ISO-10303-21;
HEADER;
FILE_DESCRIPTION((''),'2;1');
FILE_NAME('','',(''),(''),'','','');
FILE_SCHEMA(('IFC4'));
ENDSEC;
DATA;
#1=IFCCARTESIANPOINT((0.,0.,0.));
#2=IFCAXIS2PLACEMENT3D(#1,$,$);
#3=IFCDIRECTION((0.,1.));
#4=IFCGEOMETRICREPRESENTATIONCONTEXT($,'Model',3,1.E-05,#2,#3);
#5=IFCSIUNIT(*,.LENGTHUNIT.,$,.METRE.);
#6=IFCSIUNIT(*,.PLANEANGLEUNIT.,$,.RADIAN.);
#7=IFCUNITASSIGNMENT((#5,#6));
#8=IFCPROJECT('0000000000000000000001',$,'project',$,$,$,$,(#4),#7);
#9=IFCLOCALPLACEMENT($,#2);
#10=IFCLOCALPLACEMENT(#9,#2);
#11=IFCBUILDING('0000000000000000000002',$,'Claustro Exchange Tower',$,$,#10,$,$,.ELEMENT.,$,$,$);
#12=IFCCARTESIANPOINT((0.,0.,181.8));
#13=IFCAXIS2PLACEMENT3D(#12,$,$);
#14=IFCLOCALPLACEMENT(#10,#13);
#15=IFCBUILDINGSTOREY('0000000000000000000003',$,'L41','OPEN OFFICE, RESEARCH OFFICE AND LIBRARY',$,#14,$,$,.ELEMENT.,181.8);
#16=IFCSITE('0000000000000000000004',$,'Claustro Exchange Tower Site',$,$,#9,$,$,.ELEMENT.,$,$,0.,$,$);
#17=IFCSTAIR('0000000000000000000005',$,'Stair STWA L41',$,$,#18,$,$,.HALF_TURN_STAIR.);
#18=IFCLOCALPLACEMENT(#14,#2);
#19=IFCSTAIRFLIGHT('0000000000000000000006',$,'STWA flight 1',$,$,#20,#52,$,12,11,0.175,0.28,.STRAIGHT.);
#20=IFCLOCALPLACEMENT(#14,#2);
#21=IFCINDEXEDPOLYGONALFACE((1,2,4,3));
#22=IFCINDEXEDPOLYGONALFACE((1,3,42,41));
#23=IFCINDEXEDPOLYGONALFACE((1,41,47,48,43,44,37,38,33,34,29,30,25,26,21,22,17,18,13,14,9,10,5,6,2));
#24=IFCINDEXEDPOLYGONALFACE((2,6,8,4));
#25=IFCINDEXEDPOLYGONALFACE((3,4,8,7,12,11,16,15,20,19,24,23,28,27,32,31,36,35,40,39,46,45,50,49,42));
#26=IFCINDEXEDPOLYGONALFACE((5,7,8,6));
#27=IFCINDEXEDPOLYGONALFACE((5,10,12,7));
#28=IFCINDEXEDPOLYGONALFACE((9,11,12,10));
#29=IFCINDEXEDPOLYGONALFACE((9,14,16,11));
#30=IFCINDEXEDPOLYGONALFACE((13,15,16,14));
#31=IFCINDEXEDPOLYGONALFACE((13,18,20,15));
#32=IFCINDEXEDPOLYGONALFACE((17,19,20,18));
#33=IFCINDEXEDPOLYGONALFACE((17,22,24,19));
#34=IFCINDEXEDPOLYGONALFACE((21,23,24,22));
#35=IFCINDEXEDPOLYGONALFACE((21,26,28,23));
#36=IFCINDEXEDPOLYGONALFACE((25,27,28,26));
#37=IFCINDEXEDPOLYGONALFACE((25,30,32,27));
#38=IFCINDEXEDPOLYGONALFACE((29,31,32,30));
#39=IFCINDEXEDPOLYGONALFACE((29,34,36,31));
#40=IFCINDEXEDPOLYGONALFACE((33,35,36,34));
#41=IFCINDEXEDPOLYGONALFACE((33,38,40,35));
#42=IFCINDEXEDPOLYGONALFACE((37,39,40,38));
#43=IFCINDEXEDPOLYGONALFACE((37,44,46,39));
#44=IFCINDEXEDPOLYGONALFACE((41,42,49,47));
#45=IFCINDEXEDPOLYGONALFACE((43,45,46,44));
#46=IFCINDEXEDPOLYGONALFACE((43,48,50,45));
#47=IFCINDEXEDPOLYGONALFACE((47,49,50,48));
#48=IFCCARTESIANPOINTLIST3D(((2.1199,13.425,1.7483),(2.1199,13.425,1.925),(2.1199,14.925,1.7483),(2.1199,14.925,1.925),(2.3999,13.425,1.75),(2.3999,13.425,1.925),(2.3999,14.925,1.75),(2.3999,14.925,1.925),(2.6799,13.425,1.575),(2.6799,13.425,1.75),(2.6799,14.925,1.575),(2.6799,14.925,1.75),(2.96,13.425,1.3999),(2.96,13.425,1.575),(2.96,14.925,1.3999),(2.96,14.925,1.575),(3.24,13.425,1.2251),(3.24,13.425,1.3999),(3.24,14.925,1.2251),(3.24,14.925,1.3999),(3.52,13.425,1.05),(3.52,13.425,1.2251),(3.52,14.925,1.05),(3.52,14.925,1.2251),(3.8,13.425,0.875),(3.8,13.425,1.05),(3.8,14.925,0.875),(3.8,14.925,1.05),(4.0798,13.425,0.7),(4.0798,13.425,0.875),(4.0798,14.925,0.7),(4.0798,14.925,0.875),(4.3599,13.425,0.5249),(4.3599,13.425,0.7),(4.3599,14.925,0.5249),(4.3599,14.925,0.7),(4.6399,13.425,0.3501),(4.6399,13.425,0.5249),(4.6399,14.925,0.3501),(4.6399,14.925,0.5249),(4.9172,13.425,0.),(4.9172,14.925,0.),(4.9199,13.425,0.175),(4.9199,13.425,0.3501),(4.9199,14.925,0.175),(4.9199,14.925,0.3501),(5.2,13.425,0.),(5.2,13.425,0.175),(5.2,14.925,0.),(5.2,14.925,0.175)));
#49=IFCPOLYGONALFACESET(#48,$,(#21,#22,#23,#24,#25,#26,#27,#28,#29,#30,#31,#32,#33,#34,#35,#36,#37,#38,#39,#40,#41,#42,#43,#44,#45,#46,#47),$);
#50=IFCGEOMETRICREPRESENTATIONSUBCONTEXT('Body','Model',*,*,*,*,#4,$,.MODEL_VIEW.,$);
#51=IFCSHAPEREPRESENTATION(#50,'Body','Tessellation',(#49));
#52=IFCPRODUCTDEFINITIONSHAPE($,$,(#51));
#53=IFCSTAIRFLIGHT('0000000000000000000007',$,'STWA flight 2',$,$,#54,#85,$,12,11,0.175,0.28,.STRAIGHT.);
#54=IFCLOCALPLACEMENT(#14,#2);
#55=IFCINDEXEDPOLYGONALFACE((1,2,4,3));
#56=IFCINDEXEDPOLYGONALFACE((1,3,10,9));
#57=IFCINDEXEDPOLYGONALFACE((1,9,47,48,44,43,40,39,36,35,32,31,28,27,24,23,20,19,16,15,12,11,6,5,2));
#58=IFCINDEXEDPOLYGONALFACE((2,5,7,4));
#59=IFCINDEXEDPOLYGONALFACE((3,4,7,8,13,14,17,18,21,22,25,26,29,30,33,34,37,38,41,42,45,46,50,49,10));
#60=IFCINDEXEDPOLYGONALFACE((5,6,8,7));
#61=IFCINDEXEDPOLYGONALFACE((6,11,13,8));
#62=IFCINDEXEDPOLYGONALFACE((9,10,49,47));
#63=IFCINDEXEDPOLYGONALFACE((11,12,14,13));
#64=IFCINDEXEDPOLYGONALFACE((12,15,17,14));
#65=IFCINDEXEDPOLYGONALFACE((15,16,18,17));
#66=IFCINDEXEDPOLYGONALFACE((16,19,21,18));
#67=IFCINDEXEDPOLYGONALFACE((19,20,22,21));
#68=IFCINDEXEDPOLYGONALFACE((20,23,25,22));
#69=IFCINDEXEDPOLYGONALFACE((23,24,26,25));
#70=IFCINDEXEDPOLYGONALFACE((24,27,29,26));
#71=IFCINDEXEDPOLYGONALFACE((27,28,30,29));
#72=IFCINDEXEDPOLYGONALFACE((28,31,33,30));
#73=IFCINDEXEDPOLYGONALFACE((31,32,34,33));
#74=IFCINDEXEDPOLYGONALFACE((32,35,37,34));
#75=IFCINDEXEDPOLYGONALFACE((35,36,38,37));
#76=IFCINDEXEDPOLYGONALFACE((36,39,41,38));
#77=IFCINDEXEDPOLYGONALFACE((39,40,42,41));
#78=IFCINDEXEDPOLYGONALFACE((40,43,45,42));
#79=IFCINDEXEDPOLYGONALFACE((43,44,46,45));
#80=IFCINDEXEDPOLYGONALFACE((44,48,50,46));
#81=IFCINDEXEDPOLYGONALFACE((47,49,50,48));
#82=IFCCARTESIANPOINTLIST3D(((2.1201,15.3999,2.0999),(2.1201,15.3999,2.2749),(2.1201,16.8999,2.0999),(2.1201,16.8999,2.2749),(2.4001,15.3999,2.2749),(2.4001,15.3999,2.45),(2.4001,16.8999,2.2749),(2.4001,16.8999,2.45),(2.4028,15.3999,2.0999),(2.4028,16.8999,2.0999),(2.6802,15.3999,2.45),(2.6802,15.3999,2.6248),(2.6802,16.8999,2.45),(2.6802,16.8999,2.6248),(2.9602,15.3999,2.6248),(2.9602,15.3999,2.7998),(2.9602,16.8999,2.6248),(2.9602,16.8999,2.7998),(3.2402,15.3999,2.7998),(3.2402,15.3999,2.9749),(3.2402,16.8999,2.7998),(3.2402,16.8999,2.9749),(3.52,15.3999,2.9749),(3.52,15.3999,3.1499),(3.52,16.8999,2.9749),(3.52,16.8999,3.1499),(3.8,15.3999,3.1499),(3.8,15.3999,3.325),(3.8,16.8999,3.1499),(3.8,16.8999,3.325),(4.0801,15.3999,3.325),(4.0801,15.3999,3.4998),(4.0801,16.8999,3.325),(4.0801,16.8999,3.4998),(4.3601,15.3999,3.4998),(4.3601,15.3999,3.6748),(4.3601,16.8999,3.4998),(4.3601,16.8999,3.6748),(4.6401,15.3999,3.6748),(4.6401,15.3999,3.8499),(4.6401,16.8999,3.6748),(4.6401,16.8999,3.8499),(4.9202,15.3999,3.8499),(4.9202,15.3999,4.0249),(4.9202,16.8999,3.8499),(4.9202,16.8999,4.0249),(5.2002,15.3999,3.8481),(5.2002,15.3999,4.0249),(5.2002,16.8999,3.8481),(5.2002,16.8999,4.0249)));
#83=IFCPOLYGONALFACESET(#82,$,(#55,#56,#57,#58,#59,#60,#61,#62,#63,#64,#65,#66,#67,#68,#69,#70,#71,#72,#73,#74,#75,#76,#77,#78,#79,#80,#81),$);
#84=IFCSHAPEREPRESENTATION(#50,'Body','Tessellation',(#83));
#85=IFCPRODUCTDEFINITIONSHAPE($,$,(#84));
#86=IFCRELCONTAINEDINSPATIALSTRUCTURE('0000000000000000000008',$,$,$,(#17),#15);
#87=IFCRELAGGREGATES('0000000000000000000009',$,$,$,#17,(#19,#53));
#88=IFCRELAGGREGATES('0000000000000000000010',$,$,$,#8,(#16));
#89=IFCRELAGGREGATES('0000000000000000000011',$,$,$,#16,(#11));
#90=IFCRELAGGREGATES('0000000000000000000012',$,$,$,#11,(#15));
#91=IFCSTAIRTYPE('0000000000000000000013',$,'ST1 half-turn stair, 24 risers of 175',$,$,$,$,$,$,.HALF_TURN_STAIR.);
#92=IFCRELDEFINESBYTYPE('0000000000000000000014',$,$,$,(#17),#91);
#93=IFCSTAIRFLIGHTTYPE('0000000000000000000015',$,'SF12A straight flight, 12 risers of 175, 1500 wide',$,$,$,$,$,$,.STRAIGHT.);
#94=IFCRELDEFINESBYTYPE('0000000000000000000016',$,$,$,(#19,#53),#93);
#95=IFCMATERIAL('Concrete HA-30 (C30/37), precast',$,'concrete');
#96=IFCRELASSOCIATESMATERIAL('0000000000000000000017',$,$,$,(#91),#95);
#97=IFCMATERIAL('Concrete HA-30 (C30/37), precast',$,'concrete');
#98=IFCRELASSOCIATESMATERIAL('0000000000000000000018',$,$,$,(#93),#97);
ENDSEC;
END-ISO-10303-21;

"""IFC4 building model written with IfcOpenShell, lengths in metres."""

from ifc_helpers import new_model, si_unit, direction, frame, origin, place, context, subcontext, project, spatial, polyline, outline, extrude, material, type_object, element, aggregate, save


model = new_model("IFC4")

# Units and contexts
model_context = context("Model", 3, precision=1e-05, world=origin(), true_north=direction((0.0, 1.0)))
body_context = subcontext(model_context, "Body", "Model", "MODEL_VIEW")
ifc_project = project(units=[si_unit("LENGTHUNIT", "METRE"), si_unit("PLANEANGLEUNIT", "RADIAN")], contexts=[model_context])

# Site, building, storey
site_placement = place(None, origin())
site = spatial("IfcSite", under=ifc_project, at=site_placement, Name="Claustro Exchange Tower Site", CompositionType="ELEMENT", RefElevation=0.0)
building_placement = place(site_placement, origin())
building = spatial("IfcBuilding", under=site, at=building_placement, Name="Claustro Exchange Tower", CompositionType="ELEMENT")
storey_placement = place(building_placement, frame((0.0, 0.0, 181.8)))
storey = spatial("IfcBuildingStorey", under=building, at=storey_placement, Name="L41", Description="OPEN OFFICE, RESEARCH OFFICE AND LIBRARY", CompositionType="ELEMENT", Elevation=181.8)

# Stair, stair flights
ifc_material_1 = material(Name="Concrete HA-30 (C30/37), precast", Category="concrete")
stair_type = type_object("IfcStairType", Name="ST1 half-turn stair, 24 risers of 175", PredefinedType="HALF_TURN_STAIR", material=ifc_material_1)
stair_placement = place(storey_placement, origin())
stair = element("IfcStair", 1, at=stair_placement, inside=storey, type_object=stair_type, Name="Stair STWA L41", PredefinedType="HALF_TURN_STAIR")
ifc_material_2 = material(Name="Concrete HA-30 (C30/37), precast", Category="concrete")
stair_flight_type = type_object("IfcStairFlightType", Name="SF12A straight flight, 12 risers of 175, 1500 wide", PredefinedType="STRAIGHT", material=ifc_material_2)
stair_flight_1_placement = place(storey_placement, frame((5.2, 14.175, 0.0), z_axis=(0.0, 0.0, 1.0), x_axis=(-1.0, 0.0, 0.0)))
stair_flight_1 = element("IfcStairFlight", 2, at=stair_flight_1_placement, type_object=stair_flight_type, Name="STWA flight 1", NumberOfRisers=12, NumberOfTreads=11, PredefinedType="STRAIGHT", RiserHeight=0.175, TreadLength=0.28, context=body_context, shape_type="SweptSolid", body=[
    extrude(outline(polyline([(0.0, 0.0), (0.0, 0.175), (0.28, 0.175), (0.28, 0.3501), (0.5601, 0.3501), (0.5601, 0.5249), (0.8401, 0.5249), (0.8401, 0.7), (1.1201, 0.7), (1.1201, 0.875), (1.3999, 0.875), (1.3999, 1.05), (1.6799, 1.05), (1.6799, 1.2251), (1.96, 1.2251), (1.96, 1.3999), (2.24, 1.3999), (2.24, 1.575), (2.52, 1.575), (2.52, 1.75), (2.8, 1.75), (2.8, 1.925), (3.0801, 1.925), (3.0801, 2.1001), (3.0801, 1.7483), (0.2827, 0.0), (0.0, 0.0)])), frame((0.0, 0.75, 0.0), z_axis=(0.0, -1.0, 0.0), x_axis=(1.0, 0.0, 0.0)), (0.0, 0.0, 1.0), 1.5),
])
stair_flight_2_placement = place(storey_placement, frame((2.1201, 16.1499, 2.0999), z_axis=(0.0, 0.0, 1.0), x_axis=(1.0, 0.0, 0.0)))
stair_flight_2 = element("IfcStairFlight", 3, at=stair_flight_2_placement, type_object=stair_flight_type, Name="STWA flight 2", NumberOfRisers=12, NumberOfTreads=11, PredefinedType="STRAIGHT", RiserHeight=0.175, TreadLength=0.28, context=body_context, shape_type="SweptSolid", body=[
    extrude(outline(polyline([(0.0, 0.0), (0.0, 0.175), (0.28, 0.175), (0.28, 0.3501), (0.5601, 0.3501), (0.5601, 0.5249), (0.8401, 0.5249), (0.8401, 0.7), (1.1201, 0.7), (1.1201, 0.875), (1.3999, 0.875), (1.3999, 1.05), (1.6799, 1.05), (1.6799, 1.2251), (1.96, 1.2251), (1.96, 1.3999), (2.24, 1.3999), (2.24, 1.575), (2.52, 1.575), (2.52, 1.75), (2.8, 1.75), (2.8, 1.925), (3.0801, 1.925), (3.0801, 2.1001), (3.0801, 1.7483), (0.2827, 0.0), (0.0, 0.0)])), frame((0.0, 0.75, 0.0), z_axis=(0.0, -1.0, 0.0), x_axis=(1.0, 0.0, 0.0)), (0.0, 0.0, 1.0), 1.5),
])
aggregate(stair, [stair_flight_1, stair_flight_2])

save(model, "model.ifc")
